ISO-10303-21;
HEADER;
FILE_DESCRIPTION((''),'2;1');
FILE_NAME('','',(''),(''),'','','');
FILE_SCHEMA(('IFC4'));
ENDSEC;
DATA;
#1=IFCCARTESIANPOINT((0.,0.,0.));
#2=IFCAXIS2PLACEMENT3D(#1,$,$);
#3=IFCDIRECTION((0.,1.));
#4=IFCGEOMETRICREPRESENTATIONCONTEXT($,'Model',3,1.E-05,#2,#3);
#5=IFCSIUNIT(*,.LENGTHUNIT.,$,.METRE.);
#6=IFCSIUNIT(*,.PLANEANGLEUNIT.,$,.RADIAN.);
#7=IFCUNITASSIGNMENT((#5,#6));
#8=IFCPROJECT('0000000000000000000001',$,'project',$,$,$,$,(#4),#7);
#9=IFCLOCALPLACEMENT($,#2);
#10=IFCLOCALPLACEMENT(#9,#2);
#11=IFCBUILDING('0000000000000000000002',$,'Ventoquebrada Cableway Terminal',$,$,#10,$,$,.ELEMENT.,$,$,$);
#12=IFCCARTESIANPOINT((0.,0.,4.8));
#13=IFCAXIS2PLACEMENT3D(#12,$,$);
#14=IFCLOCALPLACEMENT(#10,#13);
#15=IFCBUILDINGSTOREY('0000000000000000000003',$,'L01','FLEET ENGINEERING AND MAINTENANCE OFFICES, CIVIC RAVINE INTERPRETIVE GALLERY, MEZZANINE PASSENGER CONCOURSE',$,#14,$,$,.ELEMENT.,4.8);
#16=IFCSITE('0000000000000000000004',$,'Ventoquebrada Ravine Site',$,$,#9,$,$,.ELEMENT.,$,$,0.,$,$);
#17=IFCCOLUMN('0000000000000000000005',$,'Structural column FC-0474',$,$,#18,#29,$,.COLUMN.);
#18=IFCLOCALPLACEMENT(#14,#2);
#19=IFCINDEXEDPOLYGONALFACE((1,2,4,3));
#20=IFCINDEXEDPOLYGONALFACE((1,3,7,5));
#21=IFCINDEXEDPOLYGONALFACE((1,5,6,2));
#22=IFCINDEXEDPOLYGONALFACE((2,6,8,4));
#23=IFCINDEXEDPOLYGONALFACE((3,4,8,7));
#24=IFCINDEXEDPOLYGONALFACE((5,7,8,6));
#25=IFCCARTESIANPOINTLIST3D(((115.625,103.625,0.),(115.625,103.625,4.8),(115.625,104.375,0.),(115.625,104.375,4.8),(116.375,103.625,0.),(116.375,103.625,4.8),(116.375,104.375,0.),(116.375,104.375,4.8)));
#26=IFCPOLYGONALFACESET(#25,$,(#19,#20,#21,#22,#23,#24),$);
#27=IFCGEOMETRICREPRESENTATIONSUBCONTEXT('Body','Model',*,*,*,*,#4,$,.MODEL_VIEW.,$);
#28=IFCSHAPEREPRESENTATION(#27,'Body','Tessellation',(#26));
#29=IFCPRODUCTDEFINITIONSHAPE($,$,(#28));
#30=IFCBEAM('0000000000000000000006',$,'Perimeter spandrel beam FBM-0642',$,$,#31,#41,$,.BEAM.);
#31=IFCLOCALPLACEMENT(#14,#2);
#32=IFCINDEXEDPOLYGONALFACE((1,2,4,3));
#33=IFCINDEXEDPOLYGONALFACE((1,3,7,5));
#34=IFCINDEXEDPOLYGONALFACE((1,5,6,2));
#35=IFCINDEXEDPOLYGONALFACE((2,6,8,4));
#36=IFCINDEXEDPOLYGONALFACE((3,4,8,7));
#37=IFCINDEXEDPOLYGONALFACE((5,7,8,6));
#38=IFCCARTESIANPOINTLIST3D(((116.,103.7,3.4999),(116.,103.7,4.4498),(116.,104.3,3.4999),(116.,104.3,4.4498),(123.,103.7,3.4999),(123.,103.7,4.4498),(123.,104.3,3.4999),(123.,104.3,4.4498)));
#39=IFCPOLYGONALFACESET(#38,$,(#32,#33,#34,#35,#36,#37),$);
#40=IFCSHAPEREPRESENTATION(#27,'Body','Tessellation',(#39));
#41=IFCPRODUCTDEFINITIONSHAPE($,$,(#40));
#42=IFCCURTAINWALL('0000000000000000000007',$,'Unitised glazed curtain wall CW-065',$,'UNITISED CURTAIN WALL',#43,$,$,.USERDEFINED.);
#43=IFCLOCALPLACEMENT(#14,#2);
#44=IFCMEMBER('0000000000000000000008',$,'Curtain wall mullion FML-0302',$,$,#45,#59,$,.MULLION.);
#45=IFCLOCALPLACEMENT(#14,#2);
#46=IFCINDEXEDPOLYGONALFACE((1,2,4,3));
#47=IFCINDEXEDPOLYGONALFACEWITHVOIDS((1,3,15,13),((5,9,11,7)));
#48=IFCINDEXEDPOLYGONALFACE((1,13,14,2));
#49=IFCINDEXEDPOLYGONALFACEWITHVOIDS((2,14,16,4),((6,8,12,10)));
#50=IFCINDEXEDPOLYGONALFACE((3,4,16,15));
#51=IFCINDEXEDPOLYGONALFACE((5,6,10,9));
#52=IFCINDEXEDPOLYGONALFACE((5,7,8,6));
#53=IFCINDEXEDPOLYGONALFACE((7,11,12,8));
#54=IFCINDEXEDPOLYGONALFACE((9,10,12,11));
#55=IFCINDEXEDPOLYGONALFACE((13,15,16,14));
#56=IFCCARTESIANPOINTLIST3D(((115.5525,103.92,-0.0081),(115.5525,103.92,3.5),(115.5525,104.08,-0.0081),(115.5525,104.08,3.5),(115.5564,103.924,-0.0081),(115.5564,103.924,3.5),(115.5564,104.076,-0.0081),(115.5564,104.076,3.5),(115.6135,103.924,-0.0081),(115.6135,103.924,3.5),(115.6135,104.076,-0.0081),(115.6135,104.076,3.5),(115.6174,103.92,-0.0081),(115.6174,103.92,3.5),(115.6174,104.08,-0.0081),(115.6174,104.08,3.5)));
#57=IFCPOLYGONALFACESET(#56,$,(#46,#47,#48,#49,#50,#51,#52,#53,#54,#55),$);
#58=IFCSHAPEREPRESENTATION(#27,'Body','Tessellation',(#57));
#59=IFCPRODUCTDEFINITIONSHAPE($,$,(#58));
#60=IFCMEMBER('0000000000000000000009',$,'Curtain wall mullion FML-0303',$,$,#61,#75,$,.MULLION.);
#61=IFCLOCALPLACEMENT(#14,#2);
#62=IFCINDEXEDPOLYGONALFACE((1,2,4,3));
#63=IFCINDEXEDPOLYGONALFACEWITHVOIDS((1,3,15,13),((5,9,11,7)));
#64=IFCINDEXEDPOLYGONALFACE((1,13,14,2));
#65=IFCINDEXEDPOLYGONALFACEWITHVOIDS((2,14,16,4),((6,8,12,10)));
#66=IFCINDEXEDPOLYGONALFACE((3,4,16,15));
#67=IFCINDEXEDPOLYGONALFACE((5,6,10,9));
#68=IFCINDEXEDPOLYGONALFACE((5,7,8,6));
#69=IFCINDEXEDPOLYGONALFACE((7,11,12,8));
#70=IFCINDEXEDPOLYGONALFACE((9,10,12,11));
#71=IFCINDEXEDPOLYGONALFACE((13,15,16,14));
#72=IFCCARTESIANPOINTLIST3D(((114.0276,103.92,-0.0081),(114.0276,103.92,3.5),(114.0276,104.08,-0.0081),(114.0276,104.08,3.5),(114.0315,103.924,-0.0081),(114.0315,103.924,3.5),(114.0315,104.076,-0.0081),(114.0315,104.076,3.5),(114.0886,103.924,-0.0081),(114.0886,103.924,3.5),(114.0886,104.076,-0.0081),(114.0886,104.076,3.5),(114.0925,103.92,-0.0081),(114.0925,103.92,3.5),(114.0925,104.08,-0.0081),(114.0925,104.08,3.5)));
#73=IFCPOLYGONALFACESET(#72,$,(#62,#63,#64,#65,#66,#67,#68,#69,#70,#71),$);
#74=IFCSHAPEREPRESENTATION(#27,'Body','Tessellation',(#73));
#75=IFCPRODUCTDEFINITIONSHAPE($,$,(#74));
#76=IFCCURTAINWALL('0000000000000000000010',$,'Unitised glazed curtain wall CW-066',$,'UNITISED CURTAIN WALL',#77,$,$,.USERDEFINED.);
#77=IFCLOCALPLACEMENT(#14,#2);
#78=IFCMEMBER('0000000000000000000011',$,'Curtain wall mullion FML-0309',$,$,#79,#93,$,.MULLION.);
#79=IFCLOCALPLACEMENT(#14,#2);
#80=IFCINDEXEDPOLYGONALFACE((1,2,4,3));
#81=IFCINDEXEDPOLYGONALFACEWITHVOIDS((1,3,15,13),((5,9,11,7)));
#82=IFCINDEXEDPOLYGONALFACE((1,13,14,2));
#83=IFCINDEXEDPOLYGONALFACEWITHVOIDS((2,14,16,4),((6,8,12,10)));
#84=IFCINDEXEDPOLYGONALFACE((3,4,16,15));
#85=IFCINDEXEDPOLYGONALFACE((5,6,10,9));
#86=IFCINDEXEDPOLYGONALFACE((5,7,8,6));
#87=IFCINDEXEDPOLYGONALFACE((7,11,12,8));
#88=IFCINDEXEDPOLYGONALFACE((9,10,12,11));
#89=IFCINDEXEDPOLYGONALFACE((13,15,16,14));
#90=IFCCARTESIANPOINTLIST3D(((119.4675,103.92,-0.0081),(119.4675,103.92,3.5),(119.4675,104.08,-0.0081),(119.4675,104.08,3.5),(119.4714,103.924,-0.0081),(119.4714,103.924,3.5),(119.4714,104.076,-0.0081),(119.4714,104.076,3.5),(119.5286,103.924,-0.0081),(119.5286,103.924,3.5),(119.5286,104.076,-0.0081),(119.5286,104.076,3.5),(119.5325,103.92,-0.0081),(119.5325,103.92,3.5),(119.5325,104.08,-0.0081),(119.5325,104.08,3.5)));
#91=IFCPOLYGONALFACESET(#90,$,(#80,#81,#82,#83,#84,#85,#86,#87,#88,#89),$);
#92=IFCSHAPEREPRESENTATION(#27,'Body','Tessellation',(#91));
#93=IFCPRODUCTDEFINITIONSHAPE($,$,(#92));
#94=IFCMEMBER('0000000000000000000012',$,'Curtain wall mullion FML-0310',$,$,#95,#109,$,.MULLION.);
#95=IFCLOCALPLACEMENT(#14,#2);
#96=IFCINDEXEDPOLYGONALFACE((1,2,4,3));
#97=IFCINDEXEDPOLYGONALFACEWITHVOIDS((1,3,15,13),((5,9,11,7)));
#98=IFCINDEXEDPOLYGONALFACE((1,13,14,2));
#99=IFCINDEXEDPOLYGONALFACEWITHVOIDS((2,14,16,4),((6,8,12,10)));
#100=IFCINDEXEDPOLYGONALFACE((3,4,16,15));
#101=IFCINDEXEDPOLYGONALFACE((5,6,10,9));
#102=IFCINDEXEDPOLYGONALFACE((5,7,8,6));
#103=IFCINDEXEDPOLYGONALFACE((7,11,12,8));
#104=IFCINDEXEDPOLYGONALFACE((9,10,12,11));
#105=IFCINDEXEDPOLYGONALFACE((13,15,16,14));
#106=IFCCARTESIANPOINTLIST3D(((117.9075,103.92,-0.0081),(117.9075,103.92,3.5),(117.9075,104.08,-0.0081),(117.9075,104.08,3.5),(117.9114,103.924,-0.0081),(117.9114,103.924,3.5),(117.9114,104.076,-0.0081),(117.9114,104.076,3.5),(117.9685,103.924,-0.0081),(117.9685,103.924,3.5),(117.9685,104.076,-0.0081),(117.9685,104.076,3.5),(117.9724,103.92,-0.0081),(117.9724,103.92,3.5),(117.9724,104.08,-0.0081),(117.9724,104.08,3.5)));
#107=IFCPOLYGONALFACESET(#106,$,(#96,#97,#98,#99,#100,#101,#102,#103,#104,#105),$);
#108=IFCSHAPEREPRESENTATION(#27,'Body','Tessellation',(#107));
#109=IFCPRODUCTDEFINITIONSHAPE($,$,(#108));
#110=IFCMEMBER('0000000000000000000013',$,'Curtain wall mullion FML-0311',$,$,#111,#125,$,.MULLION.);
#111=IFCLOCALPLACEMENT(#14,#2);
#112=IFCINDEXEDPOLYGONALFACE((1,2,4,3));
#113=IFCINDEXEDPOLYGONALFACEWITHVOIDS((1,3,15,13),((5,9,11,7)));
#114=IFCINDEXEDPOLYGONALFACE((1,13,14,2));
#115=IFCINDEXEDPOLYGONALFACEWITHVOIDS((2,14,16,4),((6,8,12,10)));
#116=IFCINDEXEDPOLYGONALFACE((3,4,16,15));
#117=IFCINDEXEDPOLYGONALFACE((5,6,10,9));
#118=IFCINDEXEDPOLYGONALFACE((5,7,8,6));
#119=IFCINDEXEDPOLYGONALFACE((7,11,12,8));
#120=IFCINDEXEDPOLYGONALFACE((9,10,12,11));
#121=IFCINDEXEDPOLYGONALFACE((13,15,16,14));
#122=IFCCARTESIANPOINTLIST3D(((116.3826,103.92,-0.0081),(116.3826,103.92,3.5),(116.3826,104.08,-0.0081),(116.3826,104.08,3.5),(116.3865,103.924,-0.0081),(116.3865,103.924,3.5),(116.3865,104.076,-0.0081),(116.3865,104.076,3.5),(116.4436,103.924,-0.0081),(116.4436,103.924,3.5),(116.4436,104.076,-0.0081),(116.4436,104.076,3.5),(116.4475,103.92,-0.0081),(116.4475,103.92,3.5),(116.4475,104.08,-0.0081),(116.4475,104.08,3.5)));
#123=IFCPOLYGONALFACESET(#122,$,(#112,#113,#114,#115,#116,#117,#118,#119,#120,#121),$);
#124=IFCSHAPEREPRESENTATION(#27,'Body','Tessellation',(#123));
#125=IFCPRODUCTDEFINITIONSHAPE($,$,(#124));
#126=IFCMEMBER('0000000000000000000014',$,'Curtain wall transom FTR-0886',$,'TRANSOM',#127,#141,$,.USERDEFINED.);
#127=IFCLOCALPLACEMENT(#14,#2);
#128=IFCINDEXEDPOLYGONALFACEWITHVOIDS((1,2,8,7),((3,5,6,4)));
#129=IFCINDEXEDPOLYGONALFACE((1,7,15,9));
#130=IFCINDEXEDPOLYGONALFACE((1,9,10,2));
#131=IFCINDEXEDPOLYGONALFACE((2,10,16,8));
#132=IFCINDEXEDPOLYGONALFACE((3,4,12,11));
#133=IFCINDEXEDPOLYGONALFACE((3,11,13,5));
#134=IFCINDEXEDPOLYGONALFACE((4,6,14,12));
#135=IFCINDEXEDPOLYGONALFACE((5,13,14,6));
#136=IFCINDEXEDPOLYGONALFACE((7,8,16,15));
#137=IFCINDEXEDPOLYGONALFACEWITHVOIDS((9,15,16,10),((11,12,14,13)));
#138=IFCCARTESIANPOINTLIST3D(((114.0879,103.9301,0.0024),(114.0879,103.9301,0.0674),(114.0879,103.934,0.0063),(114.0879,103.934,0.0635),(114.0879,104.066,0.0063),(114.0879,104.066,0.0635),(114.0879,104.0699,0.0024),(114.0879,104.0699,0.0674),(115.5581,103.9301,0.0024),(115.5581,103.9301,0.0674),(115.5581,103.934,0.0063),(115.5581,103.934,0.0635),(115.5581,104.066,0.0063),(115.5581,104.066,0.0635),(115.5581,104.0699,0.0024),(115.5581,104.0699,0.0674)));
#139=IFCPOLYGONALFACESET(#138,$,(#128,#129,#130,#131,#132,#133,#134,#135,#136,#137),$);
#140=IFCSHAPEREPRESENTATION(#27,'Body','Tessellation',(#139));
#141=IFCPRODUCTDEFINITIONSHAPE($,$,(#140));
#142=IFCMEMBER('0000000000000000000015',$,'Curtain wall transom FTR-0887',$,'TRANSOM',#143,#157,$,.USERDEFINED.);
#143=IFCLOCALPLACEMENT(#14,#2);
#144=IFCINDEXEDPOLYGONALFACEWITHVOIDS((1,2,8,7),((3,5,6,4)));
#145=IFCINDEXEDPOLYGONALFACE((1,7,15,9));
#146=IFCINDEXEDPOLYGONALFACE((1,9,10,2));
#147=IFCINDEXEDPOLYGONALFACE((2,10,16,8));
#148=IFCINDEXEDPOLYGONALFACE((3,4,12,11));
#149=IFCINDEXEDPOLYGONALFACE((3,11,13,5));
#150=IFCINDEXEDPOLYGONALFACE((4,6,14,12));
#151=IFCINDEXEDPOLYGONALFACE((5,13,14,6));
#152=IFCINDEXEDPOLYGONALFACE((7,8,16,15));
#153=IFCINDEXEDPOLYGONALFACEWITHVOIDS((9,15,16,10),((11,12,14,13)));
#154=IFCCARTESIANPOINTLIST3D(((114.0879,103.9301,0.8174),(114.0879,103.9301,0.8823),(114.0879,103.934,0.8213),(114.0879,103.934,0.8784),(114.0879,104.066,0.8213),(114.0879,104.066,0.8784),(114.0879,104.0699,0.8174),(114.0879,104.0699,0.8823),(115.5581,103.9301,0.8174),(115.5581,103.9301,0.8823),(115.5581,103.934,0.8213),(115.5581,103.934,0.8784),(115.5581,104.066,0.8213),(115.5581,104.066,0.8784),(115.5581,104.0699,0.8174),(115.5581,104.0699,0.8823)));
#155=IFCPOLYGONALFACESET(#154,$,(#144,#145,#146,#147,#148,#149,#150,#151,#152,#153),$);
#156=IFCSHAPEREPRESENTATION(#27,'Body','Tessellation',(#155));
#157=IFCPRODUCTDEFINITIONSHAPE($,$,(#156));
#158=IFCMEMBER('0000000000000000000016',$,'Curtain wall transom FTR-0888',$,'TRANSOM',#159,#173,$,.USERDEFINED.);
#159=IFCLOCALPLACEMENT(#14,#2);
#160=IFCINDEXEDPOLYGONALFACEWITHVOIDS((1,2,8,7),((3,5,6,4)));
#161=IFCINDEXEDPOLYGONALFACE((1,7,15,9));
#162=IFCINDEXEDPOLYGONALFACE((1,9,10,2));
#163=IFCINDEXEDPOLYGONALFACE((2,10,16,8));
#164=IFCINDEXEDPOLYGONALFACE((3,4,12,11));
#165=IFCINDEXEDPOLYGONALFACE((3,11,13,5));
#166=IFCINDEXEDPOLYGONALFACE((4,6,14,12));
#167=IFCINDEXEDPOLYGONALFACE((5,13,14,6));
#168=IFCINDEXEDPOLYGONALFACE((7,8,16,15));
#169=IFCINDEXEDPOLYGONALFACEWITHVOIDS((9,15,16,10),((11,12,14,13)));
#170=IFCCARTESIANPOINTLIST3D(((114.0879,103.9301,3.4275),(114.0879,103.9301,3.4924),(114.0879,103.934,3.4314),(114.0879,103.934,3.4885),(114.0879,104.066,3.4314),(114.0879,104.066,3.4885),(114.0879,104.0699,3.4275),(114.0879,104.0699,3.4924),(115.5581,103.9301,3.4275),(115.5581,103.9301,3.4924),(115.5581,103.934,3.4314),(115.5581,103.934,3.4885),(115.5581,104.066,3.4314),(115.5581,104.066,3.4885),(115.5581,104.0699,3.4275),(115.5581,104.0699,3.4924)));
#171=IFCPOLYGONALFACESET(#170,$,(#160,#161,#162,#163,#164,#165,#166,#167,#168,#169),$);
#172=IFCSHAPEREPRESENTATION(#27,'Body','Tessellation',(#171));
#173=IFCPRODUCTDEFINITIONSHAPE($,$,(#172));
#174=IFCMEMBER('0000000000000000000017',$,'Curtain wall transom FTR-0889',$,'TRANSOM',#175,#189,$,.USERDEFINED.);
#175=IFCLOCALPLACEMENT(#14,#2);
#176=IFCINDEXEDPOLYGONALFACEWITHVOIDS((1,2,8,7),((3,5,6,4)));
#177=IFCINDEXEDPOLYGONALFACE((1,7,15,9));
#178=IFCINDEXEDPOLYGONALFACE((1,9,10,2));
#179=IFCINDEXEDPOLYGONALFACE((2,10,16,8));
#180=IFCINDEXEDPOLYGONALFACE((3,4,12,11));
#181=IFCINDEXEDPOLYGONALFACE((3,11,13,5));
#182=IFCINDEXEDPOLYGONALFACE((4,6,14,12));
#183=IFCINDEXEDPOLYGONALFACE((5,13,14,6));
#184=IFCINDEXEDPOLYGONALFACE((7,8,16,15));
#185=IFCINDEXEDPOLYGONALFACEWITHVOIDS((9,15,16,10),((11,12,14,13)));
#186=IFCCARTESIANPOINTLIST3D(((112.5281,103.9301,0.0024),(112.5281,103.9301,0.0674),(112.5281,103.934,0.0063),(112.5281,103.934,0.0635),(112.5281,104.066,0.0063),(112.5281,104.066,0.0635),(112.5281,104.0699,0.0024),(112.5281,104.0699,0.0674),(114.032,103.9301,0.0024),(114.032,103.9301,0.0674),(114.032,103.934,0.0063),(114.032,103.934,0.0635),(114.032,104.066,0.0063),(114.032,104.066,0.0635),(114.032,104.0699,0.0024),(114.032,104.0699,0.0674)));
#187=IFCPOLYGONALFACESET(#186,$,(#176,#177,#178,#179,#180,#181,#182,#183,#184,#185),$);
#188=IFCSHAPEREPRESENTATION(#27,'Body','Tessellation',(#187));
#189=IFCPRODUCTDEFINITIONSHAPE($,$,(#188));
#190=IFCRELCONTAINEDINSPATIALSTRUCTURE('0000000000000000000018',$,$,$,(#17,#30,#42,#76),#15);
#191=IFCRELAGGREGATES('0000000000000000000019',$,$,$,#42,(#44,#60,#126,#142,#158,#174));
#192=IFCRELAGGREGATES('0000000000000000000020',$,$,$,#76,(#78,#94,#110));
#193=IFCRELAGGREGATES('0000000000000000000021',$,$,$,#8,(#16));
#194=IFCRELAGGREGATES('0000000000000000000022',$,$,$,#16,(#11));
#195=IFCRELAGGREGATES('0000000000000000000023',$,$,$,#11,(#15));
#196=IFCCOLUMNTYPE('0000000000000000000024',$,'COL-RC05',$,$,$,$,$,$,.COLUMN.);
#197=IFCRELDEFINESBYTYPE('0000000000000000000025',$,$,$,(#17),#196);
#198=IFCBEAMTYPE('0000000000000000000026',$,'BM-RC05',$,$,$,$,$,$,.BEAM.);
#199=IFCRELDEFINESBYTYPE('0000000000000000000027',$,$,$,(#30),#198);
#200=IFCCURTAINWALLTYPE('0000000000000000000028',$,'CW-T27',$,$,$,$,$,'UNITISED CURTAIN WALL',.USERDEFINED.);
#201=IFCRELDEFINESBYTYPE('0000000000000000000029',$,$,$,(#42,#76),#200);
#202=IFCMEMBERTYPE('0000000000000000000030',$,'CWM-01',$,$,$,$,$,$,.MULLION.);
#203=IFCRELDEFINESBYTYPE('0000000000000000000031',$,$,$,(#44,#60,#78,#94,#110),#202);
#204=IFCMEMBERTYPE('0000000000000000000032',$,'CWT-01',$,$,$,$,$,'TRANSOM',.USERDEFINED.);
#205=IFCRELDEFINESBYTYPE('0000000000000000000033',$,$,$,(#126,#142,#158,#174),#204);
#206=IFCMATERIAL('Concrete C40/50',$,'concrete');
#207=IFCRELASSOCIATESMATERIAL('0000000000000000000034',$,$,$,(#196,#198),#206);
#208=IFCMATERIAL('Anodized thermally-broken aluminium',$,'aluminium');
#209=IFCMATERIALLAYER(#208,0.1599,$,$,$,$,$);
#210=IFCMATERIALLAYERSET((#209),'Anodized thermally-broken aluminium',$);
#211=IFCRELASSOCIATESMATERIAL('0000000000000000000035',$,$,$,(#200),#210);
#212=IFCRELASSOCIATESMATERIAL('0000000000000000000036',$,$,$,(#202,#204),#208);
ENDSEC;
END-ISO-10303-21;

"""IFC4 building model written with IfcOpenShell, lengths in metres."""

from ifc_helpers import new_model, si_unit, direction, frame, origin, origin_2d, place, context, subcontext, project, spatial, rectangle, hollow_rectangle, extrude, material, layer, layer_set, material_profile, profile_set, type_object, element, aggregate, save


model = new_model("IFC4")

# Units and contexts
model_context = context("Model", 3, precision=1e-05, world=origin(), true_north=direction((0.0, 1.0)))
body_context = subcontext(model_context, "Body", "Model", "MODEL_VIEW")
ifc_project = project(units=[si_unit("LENGTHUNIT", "METRE"), si_unit("PLANEANGLEUNIT", "RADIAN")], contexts=[model_context])

# Site, building, storey
site_placement = place(None, origin())
site = spatial("IfcSite", under=ifc_project, at=site_placement, Name="Ventoquebrada Ravine Site", CompositionType="ELEMENT", RefElevation=0.0)
building_placement = place(site_placement, origin())
building = spatial("IfcBuilding", under=site, at=building_placement, Name="Ventoquebrada Cableway Terminal", CompositionType="ELEMENT")
storey_placement = place(building_placement, frame((0.0, 0.0, 4.8)))
storey = spatial("IfcBuildingStorey", under=building, at=storey_placement, Name="L01", Description="FLEET ENGINEERING AND MAINTENANCE OFFICES, CIVIC RAVINE INTERPRETIVE GALLERY, MEZZANINE PASSENGER CONCOURSE", CompositionType="ELEMENT", Elevation=4.8)

# Column
ifc_material_1 = material(Name="Concrete C40/50", Category="concrete")
ifc_material_profile_1 = material_profile(ifc_material_1, rectangle(XDim=0.75, YDim=0.75, at=origin_2d()), Name="RC-COL-750X750")
ifc_profile_set_1 = profile_set([ifc_material_profile_1], Name="Concrete C40/50")
column_type = type_object("IfcColumnType", Name="COL-RC05", PredefinedType="COLUMN", material=ifc_profile_set_1)
column_placement = place(storey_placement, frame((116.0, 104.0, 0.0), z_axis=(0.0, 0.0, 1.0), x_axis=(1.0, 0.0, 0.0)))
element("IfcColumn", 1, at=column_placement, inside=storey, type_object=column_type, Name="Structural column FC-0474", PredefinedType="COLUMN", context=body_context, shape_type="SweptSolid", body=[
    extrude(rectangle(XDim=0.75, YDim=0.75, at=origin_2d()), origin(), (0.0, 0.0, 1.0), 4.8),
])

# Beam
ifc_material_profile_2 = material_profile(ifc_material_1, rectangle(XDim=0.6001, YDim=0.95, at=origin_2d()), Name="RC-BM-600X950")
ifc_profile_set_2 = profile_set([ifc_material_profile_2], Name="Concrete C40/50")
beam_type = type_object("IfcBeamType", Name="BM-RC05", PredefinedType="BEAM", material=ifc_profile_set_2)
beam_placement = place(storey_placement, frame((116.0, 104.0, 3.9749), z_axis=(1.0, 0.0, 0.0), x_axis=(0.0, 1.0, 0.0)))
element("IfcBeam", 2, at=beam_placement, inside=storey, type_object=beam_type, Name="Perimeter spandrel beam FBM-0642", PredefinedType="BEAM", context=body_context, shape_type="SweptSolid", body=[
    extrude(rectangle(XDim=0.6001, YDim=0.95, at=origin_2d()), origin(), (0.0, 0.0, 1.0), 7.0),
])

# Curtain walls, members
ifc_material_2 = material(Name="Anodized thermally-broken aluminium", Category="aluminium")
ifc_layer_1 = layer(ifc_material_2, 0.1599)
ifc_layer_set_1 = layer_set([ifc_layer_1], Name="Anodized thermally-broken aluminium")
curtain_wall_type = type_object("IfcCurtainWallType", Name="CW-T27", ElementType="UNITISED CURTAIN WALL", PredefinedType="USERDEFINED", material=ifc_layer_set_1)
curtain_wall_1_placement = place(storey_placement, origin())
curtain_wall_1 = element("IfcCurtainWall", 3, at=curtain_wall_1_placement, inside=storey, type_object=curtain_wall_type, Name="Unitised glazed curtain wall CW-065", ObjectType="UNITISED CURTAIN WALL", PredefinedType="USERDEFINED")
ifc_material_profile_3 = material_profile(ifc_material_2, hollow_rectangle(XDim=0.0649, YDim=0.1599, WallThickness=0.0039, at=origin_2d()), Name="CW-MUL-65X160")
ifc_profile_set_3 = profile_set([ifc_material_profile_3], Name="Anodized thermally-broken aluminium")
member_type_1 = type_object("IfcMemberType", Name="CWM-01", PredefinedType="MULLION", material=ifc_profile_set_3)
member_1_placement = place(storey_placement, frame((115.585, 104.0, -0.0081), z_axis=(0.0, 0.0, 1.0), x_axis=(-1.0, 0.0, 0.0)))
member_1 = element("IfcMember", 4, at=member_1_placement, type_object=member_type_1, Name="Curtain wall mullion FML-0302", PredefinedType="MULLION", context=body_context, shape_type="SweptSolid", body=[
    extrude(hollow_rectangle(XDim=0.0649, YDim=0.1599, WallThickness=0.0039, at=origin_2d()), origin(), (0.0, 0.0, 1.0), 3.5081),
])
member_2_placement = place(storey_placement, frame((114.0601, 104.0, -0.0081), z_axis=(0.0, 0.0, 1.0), x_axis=(-1.0, 0.0, 0.0)))
member_2 = element("IfcMember", 5, at=member_2_placement, type_object=member_type_1, Name="Curtain wall mullion FML-0303", PredefinedType="MULLION", context=body_context, shape_type="SweptSolid", body=[
    extrude(hollow_rectangle(XDim=0.0649, YDim=0.1599, WallThickness=0.0039, at=origin_2d()), origin(), (0.0, 0.0, 1.0), 3.5081),
])
curtain_wall_2_placement = place(storey_placement, origin())
curtain_wall_2 = element("IfcCurtainWall", 6, at=curtain_wall_2_placement, inside=storey, type_object=curtain_wall_type, Name="Unitised glazed curtain wall CW-066", ObjectType="UNITISED CURTAIN WALL", PredefinedType="USERDEFINED")
member_3_placement = place(storey_placement, frame((119.5, 104.0, -0.0081), z_axis=(0.0, 0.0, 1.0), x_axis=(-1.0, 0.0, 0.0)))
member_3 = element("IfcMember", 7, at=member_3_placement, type_object=member_type_1, Name="Curtain wall mullion FML-0309", PredefinedType="MULLION", context=body_context, shape_type="SweptSolid", body=[
    extrude(hollow_rectangle(XDim=0.0649, YDim=0.1599, WallThickness=0.0039, at=origin_2d()), origin(), (0.0, 0.0, 1.0), 3.5081),
])
member_4_placement = place(storey_placement, frame((117.9399, 104.0, -0.0081), z_axis=(0.0, 0.0, 1.0), x_axis=(-1.0, 0.0, 0.0)))
member_4 = element("IfcMember", 8, at=member_4_placement, type_object=member_type_1, Name="Curtain wall mullion FML-0310", PredefinedType="MULLION", context=body_context, shape_type="SweptSolid", body=[
    extrude(hollow_rectangle(XDim=0.0649, YDim=0.1599, WallThickness=0.0039, at=origin_2d()), origin(), (0.0, 0.0, 1.0), 3.5081),
])
member_5_placement = place(storey_placement, frame((116.415, 104.0, -0.0081), z_axis=(0.0, 0.0, 1.0), x_axis=(-1.0, 0.0, 0.0)))
member_5 = element("IfcMember", 9, at=member_5_placement, type_object=member_type_1, Name="Curtain wall mullion FML-0311", PredefinedType="MULLION", context=body_context, shape_type="SweptSolid", body=[
    extrude(hollow_rectangle(XDim=0.0649, YDim=0.1599, WallThickness=0.0039, at=origin_2d()), origin(), (0.0, 0.0, 1.0), 3.5081),
])

# Members
ifc_material_profile_4 = material_profile(ifc_material_2, hollow_rectangle(XDim=0.0649, YDim=0.1399, WallThickness=0.0039, at=origin_2d()), Name="CW-TRN-65X140")
ifc_profile_set_4 = profile_set([ifc_material_profile_4], Name="Anodized thermally-broken aluminium")
member_type_2 = type_object("IfcMemberType", Name="CWT-01", ElementType="TRANSOM", PredefinedType="USERDEFINED", material=ifc_profile_set_4)
member_6_placement = place(storey_placement, frame((115.5581, 104.0, 0.0349), z_axis=(-1.0, 0.0, 0.0), x_axis=(0.0, 0.0, 1.0)))
member_6 = element("IfcMember", 10, at=member_6_placement, type_object=member_type_2, Name="Curtain wall transom FTR-0886", ObjectType="TRANSOM", PredefinedType="USERDEFINED", context=body_context, shape_type="SweptSolid", body=[
    extrude(hollow_rectangle(XDim=0.0649, YDim=0.1399, WallThickness=0.0039, at=origin_2d()), origin(), (0.0, 0.0, 1.0), 1.4702),
])
member_7_placement = place(storey_placement, frame((115.5581, 104.0, 0.8499), z_axis=(-1.0, 0.0, 0.0), x_axis=(0.0, 0.0, 1.0)))
member_7 = element("IfcMember", 11, at=member_7_placement, type_object=member_type_2, Name="Curtain wall transom FTR-0887", ObjectType="TRANSOM", PredefinedType="USERDEFINED", context=body_context, shape_type="SweptSolid", body=[
    extrude(hollow_rectangle(XDim=0.0649, YDim=0.1399, WallThickness=0.0039, at=origin_2d()), origin(), (0.0, 0.0, 1.0), 1.4702),
])
member_8_placement = place(storey_placement, frame((115.5581, 104.0, 3.46), z_axis=(-1.0, 0.0, 0.0), x_axis=(0.0, 0.0, 1.0)))
member_8 = element("IfcMember", 12, at=member_8_placement, type_object=member_type_2, Name="Curtain wall transom FTR-0888", ObjectType="TRANSOM", PredefinedType="USERDEFINED", context=body_context, shape_type="SweptSolid", body=[
    extrude(hollow_rectangle(XDim=0.0649, YDim=0.1399, WallThickness=0.0039, at=origin_2d()), origin(), (0.0, 0.0, 1.0), 1.4702),
])
member_9_placement = place(storey_placement, frame((114.032, 104.0, 0.0349), z_axis=(-1.0, 0.0, 0.0), x_axis=(0.0, 0.0, 1.0)))
member_9 = element("IfcMember", 13, at=member_9_placement, type_object=member_type_2, Name="Curtain wall transom FTR-0889", ObjectType="TRANSOM", PredefinedType="USERDEFINED", context=body_context, shape_type="SweptSolid", body=[
    extrude(hollow_rectangle(XDim=0.0649, YDim=0.1399, WallThickness=0.0039, at=origin_2d()), origin(), (0.0, 0.0, 1.0), 1.5039),
])

aggregate(curtain_wall_1, [member_1, member_2, member_6, member_7, member_8, member_9])
aggregate(curtain_wall_2, [member_3, member_4, member_5])

save(model, "model.ifc")
